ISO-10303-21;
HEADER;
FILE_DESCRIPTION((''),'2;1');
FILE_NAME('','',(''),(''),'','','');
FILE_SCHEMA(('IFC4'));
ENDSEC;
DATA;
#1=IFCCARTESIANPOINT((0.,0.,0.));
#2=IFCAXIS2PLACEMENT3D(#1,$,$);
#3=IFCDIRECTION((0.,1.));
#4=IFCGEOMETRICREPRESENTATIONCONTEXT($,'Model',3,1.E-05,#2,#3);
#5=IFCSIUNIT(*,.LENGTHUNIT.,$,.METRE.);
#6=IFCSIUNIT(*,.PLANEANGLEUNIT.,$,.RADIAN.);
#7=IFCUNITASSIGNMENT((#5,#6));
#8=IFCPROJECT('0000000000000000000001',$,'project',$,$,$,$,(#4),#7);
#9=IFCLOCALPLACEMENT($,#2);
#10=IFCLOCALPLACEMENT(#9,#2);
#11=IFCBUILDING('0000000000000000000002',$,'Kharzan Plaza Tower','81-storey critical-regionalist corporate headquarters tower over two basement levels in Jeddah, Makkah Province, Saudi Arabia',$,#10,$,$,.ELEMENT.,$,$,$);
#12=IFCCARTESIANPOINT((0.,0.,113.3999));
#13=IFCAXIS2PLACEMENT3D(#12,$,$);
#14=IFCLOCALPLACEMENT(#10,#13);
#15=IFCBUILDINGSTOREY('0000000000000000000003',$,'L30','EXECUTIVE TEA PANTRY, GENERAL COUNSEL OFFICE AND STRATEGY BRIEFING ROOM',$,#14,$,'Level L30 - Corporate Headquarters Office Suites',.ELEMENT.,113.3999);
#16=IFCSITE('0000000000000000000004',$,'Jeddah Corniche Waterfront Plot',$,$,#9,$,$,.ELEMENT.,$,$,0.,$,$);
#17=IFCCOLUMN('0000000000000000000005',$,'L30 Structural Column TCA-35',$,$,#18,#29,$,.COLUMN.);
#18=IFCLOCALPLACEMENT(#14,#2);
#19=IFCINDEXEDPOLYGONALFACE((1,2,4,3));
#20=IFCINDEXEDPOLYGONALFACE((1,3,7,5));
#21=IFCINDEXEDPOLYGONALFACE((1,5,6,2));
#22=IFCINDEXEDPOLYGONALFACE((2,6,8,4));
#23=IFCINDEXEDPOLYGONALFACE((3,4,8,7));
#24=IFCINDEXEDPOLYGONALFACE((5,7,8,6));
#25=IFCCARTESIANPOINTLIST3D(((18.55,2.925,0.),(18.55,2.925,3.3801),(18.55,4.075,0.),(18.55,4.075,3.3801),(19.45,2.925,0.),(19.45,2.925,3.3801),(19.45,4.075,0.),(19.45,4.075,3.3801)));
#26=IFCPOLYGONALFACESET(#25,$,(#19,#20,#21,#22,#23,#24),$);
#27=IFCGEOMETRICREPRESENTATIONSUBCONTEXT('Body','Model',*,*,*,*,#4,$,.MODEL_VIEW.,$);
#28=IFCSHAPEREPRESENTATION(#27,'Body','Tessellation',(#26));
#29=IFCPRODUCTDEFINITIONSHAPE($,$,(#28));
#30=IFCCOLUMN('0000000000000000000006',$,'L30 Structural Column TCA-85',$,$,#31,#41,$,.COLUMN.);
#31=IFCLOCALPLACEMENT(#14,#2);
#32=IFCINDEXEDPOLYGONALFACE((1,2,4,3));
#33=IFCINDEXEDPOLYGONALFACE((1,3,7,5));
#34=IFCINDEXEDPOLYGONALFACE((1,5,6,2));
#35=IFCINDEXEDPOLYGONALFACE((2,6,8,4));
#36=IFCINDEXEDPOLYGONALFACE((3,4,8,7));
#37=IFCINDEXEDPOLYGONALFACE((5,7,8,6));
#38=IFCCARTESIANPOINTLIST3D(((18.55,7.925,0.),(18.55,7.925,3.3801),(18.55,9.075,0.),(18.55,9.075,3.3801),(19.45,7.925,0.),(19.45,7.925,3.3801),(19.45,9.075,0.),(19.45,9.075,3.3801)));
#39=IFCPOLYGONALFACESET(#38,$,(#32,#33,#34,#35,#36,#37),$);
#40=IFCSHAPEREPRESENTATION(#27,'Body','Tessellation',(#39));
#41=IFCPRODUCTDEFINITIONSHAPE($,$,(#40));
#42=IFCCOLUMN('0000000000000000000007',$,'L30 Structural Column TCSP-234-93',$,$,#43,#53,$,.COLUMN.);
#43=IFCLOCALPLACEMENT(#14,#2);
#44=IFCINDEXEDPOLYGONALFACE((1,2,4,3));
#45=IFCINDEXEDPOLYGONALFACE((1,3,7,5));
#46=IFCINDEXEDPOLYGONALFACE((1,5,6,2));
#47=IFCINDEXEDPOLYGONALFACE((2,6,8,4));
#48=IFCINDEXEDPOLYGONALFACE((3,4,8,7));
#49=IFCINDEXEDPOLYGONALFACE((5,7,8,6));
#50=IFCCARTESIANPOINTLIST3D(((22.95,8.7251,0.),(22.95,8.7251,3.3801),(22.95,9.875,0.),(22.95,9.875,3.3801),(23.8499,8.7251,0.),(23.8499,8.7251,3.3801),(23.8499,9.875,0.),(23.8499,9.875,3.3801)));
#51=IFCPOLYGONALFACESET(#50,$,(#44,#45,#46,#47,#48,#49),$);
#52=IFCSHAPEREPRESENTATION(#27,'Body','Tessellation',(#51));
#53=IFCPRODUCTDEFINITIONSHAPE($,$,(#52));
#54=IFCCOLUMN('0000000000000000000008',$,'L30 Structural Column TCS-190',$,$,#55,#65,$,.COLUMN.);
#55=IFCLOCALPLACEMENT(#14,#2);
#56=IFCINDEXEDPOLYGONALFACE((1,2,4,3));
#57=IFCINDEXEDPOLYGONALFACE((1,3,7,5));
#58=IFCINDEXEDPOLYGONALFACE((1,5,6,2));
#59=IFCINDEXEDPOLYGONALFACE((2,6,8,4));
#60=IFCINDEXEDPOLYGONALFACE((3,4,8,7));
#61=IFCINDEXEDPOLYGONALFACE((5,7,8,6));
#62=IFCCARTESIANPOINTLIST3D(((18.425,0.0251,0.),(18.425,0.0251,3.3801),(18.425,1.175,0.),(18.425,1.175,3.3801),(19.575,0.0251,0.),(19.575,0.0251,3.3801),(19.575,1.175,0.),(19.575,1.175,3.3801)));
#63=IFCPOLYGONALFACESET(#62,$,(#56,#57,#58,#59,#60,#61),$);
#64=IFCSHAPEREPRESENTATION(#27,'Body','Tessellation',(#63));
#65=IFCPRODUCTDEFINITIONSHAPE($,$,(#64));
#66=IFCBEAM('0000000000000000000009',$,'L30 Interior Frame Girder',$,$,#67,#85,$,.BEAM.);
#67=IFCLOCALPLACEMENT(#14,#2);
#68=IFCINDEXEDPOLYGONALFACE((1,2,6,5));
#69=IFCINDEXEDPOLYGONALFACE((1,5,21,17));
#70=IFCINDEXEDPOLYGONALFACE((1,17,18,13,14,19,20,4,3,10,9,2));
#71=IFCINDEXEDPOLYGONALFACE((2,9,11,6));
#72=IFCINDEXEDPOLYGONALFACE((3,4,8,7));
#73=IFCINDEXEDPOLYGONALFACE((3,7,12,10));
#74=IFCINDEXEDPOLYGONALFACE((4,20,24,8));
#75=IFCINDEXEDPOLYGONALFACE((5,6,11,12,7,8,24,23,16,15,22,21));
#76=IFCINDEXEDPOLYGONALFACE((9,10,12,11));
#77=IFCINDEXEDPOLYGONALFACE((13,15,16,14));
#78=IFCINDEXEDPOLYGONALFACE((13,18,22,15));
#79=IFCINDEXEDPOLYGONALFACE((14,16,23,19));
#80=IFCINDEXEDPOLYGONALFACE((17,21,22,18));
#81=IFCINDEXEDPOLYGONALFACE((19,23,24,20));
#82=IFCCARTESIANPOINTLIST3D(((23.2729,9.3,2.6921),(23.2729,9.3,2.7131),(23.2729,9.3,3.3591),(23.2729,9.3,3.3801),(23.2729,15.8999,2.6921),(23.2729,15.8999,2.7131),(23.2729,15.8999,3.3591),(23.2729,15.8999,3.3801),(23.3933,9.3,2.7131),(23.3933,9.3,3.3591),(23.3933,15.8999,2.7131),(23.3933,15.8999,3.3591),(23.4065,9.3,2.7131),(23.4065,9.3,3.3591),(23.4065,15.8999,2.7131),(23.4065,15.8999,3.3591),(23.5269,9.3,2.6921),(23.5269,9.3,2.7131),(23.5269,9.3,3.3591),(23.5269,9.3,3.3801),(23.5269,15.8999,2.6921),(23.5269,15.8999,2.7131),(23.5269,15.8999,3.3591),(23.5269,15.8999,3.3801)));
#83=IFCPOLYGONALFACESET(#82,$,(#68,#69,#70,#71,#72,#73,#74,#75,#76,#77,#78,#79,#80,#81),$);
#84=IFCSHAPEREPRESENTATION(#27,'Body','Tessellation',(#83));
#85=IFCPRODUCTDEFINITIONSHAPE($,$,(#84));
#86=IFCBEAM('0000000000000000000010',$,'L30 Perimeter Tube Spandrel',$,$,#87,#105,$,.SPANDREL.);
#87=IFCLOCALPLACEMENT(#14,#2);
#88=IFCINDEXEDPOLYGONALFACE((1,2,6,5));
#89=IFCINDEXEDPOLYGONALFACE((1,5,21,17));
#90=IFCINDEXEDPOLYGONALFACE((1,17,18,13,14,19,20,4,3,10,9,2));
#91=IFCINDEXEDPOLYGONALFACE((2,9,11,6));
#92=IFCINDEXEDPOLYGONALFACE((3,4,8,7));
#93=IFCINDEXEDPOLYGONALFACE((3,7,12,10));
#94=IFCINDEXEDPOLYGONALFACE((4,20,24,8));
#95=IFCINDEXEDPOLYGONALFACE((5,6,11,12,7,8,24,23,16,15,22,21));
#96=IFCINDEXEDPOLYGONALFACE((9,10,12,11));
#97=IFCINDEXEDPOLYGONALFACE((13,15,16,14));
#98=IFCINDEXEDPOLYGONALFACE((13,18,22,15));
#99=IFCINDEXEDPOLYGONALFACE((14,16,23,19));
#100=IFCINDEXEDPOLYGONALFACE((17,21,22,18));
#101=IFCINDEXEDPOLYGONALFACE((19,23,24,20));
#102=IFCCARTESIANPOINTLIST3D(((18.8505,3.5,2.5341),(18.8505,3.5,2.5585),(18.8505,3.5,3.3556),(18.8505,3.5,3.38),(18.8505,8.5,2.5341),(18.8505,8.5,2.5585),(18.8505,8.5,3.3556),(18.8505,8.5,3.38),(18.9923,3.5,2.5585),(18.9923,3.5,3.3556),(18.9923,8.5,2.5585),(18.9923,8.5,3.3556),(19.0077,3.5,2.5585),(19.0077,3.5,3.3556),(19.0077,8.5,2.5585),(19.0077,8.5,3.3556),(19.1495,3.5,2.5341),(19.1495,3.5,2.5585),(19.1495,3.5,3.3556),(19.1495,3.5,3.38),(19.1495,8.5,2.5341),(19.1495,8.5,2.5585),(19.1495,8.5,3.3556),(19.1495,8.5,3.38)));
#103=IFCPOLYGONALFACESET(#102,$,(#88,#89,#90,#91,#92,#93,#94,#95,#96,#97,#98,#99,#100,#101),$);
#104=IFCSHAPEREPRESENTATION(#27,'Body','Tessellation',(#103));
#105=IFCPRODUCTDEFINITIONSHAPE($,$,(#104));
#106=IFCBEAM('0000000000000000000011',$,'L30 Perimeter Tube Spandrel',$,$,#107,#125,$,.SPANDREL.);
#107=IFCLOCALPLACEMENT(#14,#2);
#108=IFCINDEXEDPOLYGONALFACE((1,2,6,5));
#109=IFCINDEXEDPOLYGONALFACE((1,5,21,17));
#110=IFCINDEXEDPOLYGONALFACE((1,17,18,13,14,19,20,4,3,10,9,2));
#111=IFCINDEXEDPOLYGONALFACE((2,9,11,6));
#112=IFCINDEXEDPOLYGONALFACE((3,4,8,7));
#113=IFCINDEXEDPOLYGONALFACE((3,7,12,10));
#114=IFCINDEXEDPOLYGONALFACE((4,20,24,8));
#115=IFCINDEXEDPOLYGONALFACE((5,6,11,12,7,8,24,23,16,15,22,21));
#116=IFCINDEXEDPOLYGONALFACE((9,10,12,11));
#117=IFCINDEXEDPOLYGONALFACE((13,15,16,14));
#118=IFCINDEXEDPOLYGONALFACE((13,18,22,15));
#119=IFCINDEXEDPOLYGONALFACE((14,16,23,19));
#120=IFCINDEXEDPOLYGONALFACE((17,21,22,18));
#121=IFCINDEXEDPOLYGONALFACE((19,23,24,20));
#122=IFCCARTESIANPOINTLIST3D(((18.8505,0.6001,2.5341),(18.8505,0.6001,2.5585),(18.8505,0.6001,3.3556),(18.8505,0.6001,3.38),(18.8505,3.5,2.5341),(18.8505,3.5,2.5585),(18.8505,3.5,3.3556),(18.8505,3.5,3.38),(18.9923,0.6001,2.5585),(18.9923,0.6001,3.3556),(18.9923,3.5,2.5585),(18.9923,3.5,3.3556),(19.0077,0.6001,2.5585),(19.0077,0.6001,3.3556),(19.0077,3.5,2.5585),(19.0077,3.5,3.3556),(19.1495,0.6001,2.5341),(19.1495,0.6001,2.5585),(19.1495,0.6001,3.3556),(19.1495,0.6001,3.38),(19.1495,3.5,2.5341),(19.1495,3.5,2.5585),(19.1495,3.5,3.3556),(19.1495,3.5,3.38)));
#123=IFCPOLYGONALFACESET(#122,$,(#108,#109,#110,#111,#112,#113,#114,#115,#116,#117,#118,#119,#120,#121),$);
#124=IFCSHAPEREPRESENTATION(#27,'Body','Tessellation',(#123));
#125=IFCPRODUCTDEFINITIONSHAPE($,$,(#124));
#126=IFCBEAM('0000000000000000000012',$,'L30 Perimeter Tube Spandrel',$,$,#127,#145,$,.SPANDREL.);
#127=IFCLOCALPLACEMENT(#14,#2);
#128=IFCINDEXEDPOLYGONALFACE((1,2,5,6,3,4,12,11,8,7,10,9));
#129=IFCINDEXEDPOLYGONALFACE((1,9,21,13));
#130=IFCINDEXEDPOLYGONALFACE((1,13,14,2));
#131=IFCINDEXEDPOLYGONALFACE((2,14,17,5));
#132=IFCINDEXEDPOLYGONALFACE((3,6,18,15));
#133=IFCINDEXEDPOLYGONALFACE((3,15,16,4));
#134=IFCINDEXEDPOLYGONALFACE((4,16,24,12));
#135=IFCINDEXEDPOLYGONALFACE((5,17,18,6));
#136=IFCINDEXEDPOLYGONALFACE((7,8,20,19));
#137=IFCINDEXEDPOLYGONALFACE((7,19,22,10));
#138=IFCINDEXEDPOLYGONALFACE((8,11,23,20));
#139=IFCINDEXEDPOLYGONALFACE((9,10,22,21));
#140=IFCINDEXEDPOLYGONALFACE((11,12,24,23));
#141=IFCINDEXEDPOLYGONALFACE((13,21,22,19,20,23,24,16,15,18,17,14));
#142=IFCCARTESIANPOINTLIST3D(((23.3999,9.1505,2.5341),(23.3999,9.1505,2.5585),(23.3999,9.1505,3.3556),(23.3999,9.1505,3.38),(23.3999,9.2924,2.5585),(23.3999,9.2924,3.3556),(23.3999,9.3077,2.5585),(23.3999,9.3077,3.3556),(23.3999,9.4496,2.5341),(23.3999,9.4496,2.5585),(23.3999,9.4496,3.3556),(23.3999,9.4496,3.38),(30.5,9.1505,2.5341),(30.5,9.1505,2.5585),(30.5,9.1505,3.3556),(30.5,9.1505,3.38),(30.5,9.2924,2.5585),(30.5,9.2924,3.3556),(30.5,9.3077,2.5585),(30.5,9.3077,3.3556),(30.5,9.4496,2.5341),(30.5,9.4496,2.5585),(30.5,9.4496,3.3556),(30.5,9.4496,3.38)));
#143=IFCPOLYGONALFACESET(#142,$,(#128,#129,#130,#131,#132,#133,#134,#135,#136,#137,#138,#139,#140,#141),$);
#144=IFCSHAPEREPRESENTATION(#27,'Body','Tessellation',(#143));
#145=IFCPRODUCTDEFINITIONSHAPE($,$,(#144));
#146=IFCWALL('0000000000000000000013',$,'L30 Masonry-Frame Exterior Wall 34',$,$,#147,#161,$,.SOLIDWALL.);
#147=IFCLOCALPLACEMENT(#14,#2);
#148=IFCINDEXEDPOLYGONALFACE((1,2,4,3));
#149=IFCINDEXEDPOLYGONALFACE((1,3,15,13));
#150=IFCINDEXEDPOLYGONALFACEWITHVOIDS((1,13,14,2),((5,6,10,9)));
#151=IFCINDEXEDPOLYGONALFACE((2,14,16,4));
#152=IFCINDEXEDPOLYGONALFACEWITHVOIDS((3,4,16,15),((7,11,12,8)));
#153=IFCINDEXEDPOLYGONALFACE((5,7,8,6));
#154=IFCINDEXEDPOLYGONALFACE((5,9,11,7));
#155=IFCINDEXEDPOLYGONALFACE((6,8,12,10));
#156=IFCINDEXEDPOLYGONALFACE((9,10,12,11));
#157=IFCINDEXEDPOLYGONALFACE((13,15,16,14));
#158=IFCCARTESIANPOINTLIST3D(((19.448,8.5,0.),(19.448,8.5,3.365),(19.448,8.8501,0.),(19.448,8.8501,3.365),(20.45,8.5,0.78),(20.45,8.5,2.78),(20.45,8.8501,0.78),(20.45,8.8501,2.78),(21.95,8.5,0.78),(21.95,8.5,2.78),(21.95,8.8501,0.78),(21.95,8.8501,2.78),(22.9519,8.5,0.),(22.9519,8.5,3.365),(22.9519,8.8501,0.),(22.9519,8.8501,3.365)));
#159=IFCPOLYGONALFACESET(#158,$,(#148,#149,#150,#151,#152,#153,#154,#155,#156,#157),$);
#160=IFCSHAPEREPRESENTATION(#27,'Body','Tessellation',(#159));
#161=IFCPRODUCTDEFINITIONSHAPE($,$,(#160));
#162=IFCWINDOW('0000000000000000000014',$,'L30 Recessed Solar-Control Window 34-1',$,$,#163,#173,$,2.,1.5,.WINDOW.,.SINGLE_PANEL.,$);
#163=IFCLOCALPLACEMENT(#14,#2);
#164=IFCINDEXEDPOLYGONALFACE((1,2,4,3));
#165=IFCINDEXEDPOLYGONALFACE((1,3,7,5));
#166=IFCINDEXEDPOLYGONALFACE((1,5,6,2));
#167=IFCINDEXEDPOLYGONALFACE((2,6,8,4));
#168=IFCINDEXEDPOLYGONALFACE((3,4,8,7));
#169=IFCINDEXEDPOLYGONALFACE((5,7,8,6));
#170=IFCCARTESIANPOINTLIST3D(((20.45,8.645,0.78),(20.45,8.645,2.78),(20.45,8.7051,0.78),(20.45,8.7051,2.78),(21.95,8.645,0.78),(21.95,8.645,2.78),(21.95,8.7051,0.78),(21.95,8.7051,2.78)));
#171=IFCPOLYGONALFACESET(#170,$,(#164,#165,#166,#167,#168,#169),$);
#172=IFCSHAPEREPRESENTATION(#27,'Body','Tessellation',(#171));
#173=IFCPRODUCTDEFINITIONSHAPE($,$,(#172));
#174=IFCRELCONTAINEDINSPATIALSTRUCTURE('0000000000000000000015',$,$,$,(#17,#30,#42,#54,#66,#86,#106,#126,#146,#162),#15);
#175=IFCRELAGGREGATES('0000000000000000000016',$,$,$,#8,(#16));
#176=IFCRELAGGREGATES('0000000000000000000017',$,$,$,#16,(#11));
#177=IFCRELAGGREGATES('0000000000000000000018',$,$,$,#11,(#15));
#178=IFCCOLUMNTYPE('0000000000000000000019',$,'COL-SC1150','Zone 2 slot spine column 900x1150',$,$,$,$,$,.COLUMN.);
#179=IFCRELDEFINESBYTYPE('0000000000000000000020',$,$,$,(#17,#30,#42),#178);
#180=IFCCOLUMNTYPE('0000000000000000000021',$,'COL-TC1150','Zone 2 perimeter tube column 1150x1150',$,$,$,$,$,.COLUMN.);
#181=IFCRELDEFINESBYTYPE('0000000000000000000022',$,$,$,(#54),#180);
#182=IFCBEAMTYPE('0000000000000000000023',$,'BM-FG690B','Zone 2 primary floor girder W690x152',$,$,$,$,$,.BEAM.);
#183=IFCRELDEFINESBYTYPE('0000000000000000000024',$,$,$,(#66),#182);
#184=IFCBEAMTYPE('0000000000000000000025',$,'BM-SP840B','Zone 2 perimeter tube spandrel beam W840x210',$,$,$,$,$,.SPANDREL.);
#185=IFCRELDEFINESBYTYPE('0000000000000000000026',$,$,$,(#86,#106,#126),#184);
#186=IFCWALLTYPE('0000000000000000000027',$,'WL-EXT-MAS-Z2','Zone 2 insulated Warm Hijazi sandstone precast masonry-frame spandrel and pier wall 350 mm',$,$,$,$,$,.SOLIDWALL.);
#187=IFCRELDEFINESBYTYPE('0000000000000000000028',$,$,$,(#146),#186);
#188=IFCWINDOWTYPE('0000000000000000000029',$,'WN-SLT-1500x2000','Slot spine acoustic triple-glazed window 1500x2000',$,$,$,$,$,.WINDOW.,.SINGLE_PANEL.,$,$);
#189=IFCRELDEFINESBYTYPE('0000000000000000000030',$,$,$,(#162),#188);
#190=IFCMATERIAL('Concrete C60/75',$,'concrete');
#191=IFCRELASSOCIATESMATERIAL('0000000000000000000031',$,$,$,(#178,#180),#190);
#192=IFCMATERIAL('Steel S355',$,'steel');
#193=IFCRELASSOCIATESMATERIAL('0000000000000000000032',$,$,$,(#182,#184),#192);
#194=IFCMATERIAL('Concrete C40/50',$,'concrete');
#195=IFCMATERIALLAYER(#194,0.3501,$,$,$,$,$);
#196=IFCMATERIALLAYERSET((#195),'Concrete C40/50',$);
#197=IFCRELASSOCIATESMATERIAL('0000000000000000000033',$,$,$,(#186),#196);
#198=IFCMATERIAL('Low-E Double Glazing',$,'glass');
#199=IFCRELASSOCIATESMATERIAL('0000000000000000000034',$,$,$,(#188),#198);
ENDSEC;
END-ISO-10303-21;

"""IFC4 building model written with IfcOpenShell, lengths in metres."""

from ifc_helpers import new_model, si_unit, direction, frame, frame_2d, origin, origin_2d, place, context, subcontext, project, spatial, rectangle, i_section, extrude, source, transform, mapped, material, layer, layer_set, material_profile, profile_set, type_object, element, fill, save


model = new_model("IFC4")

# Units and contexts
model_context = context("Model", 3, precision=1e-05, world=origin(), true_north=direction((0.0, 1.0)))
body_context = subcontext(model_context, "Body", "Model", "MODEL_VIEW")
ifc_project = project(units=[si_unit("LENGTHUNIT", "METRE"), si_unit("PLANEANGLEUNIT", "RADIAN")], contexts=[model_context])

# Site, building, storey
site_placement = place(None, origin())
site = spatial("IfcSite", under=ifc_project, at=site_placement, Name="Jeddah Corniche Waterfront Plot", CompositionType="ELEMENT", RefElevation=0.0)
building_placement = place(site_placement, origin())
building = spatial("IfcBuilding", under=site, at=building_placement, Name="Kharzan Plaza Tower", Description="81-storey critical-regionalist corporate headquarters tower over two basement levels in Jeddah, Makkah Province, Saudi Arabia", CompositionType="ELEMENT")
storey_placement = place(building_placement, frame((0.0, 0.0, 113.3999)))
storey = spatial("IfcBuildingStorey", under=building, at=storey_placement, Name="L30", Description="EXECUTIVE TEA PANTRY, GENERAL COUNSEL OFFICE AND STRATEGY BRIEFING ROOM", LongName="Level L30 - Corporate Headquarters Office Suites", CompositionType="ELEMENT", Elevation=113.3999)

# Columns
ifc_material_1 = material(Name="Concrete C60/75", Category="concrete")
ifc_material_profile_1 = material_profile(ifc_material_1, rectangle(XDim=0.8999, YDim=1.1499, at=origin_2d()), Name="RC-SC1150x900")
ifc_profile_set_1 = profile_set([ifc_material_profile_1], Name="Concrete C60/75")
column_type_1 = type_object("IfcColumnType", Name="COL-SC1150", Description="Zone 2 slot spine column 900x1150", PredefinedType="COLUMN", material=ifc_profile_set_1)
shared_shape_1 = source(origin(), body_context, "Body", "SweptSolid", [
    extrude(rectangle(XDim=0.8999, YDim=1.1499, at=origin_2d()), origin(), (0.0, 0.0, 1.0), 3.3801),
])
for number, where, z_axis, x_axis, name in (
    (1, (19.0, 3.5, 0.0), (0.0, 0.0, 1.0), (1.0, 0.0, 0.0), "L30 Structural Column TCA-35"),
    (2, (19.0, 8.5, 0.0), (0.0, 0.0, 1.0), (1.0, 0.0, 0.0), "L30 Structural Column TCA-85"),
    (3, (23.3999, 9.3, 0.0), (0.0, 0.0, 1.0), (1.0, 0.0, 0.0), "L30 Structural Column TCSP-234-93"),
):
    element("IfcColumn", number, at=place(storey_placement, frame(where, z_axis=z_axis, x_axis=x_axis)), inside=storey, type_object=column_type_1, Name=name, PredefinedType="COLUMN", context=body_context, shape_type="MappedRepresentation", body=[
        mapped(shared_shape_1, transform((0.0, 0.0, 0.0), x_axis=(1.0, 0.0, 0.0), y_axis=(0.0, 1.0, 0.0), z_axis=(0.0, 0.0, 1.0))),
    ])
ifc_material_profile_2 = material_profile(ifc_material_1, rectangle(XDim=1.1499, YDim=1.1499, at=origin_2d()), Name="RC-TC1150x1150")
ifc_profile_set_2 = profile_set([ifc_material_profile_2], Name="Concrete C60/75")
column_type_2 = type_object("IfcColumnType", Name="COL-TC1150", Description="Zone 2 perimeter tube column 1150x1150", PredefinedType="COLUMN", material=ifc_profile_set_2)
shared_shape_2 = source(origin(), body_context, "Body", "SweptSolid", [
    extrude(rectangle(XDim=1.1499, YDim=1.1499, at=origin_2d()), origin(), (0.0, 0.0, 1.0), 3.3801),
])
column_placement = place(storey_placement, frame((19.0, 0.6001, 0.0), z_axis=(0.0, 0.0, 1.0), x_axis=(1.0, 0.0, 0.0)))
element("IfcColumn", 4, at=column_placement, inside=storey, type_object=column_type_2, Name="L30 Structural Column TCS-190", PredefinedType="COLUMN", context=body_context, shape_type="MappedRepresentation", body=[
    mapped(shared_shape_2, transform((0.0, 0.0, 0.0), x_axis=(1.0, 0.0, 0.0), y_axis=(0.0, 1.0, 0.0), z_axis=(0.0, 0.0, 1.0))),
])

# Beams
ifc_material_2 = material(Name="Steel S355", Category="steel")
ifc_material_profile_3 = material_profile(ifc_material_2, i_section(OverallWidth=0.2539, OverallDepth=0.688, WebThickness=0.0132, FlangeThickness=0.021, at=origin_2d()), Name="W690x152")
ifc_profile_set_3 = profile_set([ifc_material_profile_3], Name="Steel S355")
beam_type_1 = type_object("IfcBeamType", Name="BM-FG690B", Description="Zone 2 primary floor girder W690x152", PredefinedType="BEAM", material=ifc_profile_set_3)
shared_shape_3 = source(origin(), body_context, "Body", "SweptSolid", [
    extrude(i_section(OverallWidth=0.2539, OverallDepth=0.688, WebThickness=0.0132, FlangeThickness=0.021, at=origin_2d()), origin(), (0.0, 0.0, 1.0), 6.5999),
])
beam_1_placement = place(storey_placement, frame((23.3999, 9.3, 3.0361), z_axis=(0.0, 1.0, 0.0), x_axis=(-1.0, 0.0, 0.0)))
element("IfcBeam", 5, at=beam_1_placement, inside=storey, type_object=beam_type_1, Name="L30 Interior Frame Girder", PredefinedType="BEAM", context=body_context, shape_type="MappedRepresentation", body=[
    mapped(shared_shape_3, transform((0.0, 0.0, 0.0), x_axis=(1.0, 0.0, 0.0), y_axis=(0.0, 1.0, 0.0), z_axis=(0.0, 0.0, 1.0))),
])
ifc_material_profile_4 = material_profile(ifc_material_2, i_section(OverallWidth=0.2991, OverallDepth=0.8459, WebThickness=0.0154, FlangeThickness=0.0244, at=origin_2d()), Name="W840x210")
ifc_profile_set_4 = profile_set([ifc_material_profile_4], Name="Steel S355")
beam_type_2 = type_object("IfcBeamType", Name="BM-SP840B", Description="Zone 2 perimeter tube spandrel beam W840x210", PredefinedType="SPANDREL", material=ifc_profile_set_4)
shared_shape_4 = source(origin(), body_context, "Body", "SweptSolid", [
    extrude(i_section(OverallWidth=0.2991, OverallDepth=0.8459, WebThickness=0.0154, FlangeThickness=0.0244, at=origin_2d()), origin(), (0.0, 0.0, 1.0), 5.0),
])
beam_2_placement = place(storey_placement, frame((19.0, 3.5, 2.957), z_axis=(0.0, 1.0, 0.0), x_axis=(-1.0, 0.0, 0.0)))
element("IfcBeam", 6, at=beam_2_placement, inside=storey, type_object=beam_type_2, Name="L30 Perimeter Tube Spandrel", PredefinedType="SPANDREL", context=body_context, shape_type="MappedRepresentation", body=[
    mapped(shared_shape_4, transform((0.0, 0.0, 0.0), x_axis=(1.0, 0.0, 0.0), y_axis=(0.0, 1.0, 0.0), z_axis=(0.0, 0.0, 1.0))),
])
shared_shape_5 = source(origin(), body_context, "Body", "SweptSolid", [
    extrude(i_section(OverallWidth=0.2991, OverallDepth=0.8459, WebThickness=0.0154, FlangeThickness=0.0244, at=origin_2d()), origin(), (0.0, 0.0, 1.0), 2.8999),
])
beam_3_placement = place(storey_placement, frame((19.0, 0.6001, 2.957), z_axis=(0.0, 1.0, 0.0), x_axis=(-1.0, 0.0, 0.0)))
element("IfcBeam", 7, at=beam_3_placement, inside=storey, type_object=beam_type_2, Name="L30 Perimeter Tube Spandrel", PredefinedType="SPANDREL", context=body_context, shape_type="MappedRepresentation", body=[
    mapped(shared_shape_5, transform((0.0, 0.0, 0.0), x_axis=(1.0, 0.0, 0.0), y_axis=(0.0, 1.0, 0.0), z_axis=(0.0, 0.0, 1.0))),
])
shared_shape_6 = source(origin(), body_context, "Body", "SweptSolid", [
    extrude(i_section(OverallWidth=0.2991, OverallDepth=0.8459, WebThickness=0.0154, FlangeThickness=0.0244, at=origin_2d()), origin(), (0.0, 0.0, 1.0), 7.1001),
])
beam_4_placement = place(storey_placement, frame((23.3999, 9.3, 2.957), z_axis=(1.0, 0.0, 0.0), x_axis=(0.0, 1.0, 0.0)))
element("IfcBeam", 8, at=beam_4_placement, inside=storey, type_object=beam_type_2, Name="L30 Perimeter Tube Spandrel", PredefinedType="SPANDREL", context=body_context, shape_type="MappedRepresentation", body=[
    mapped(shared_shape_6, transform((0.0, 0.0, 0.0), x_axis=(1.0, 0.0, 0.0), y_axis=(0.0, 1.0, 0.0), z_axis=(0.0, 0.0, 1.0))),
])

# Wall, opening, window
ifc_material_3 = material(Name="Concrete C40/50", Category="concrete")
ifc_layer_1 = layer(ifc_material_3, 0.3501)
ifc_layer_set_1 = layer_set([ifc_layer_1], Name="Concrete C40/50")
wall_type_1 = type_object("IfcWallType", Name="WL-EXT-MAS-Z2", Description="Zone 2 insulated Warm Hijazi sandstone precast masonry-frame spandrel and pier wall 350 mm", PredefinedType="SOLIDWALL", material=ifc_layer_set_1)
wall_1_placement = place(storey_placement, frame((19.448, 8.675, 0.0), z_axis=(0.0, 0.0, 1.0), x_axis=(1.0, 0.0, 0.0)))
wall_1 = element("IfcWall", 9, at=wall_1_placement, inside=storey, type_object=wall_type_1, Name="L30 Masonry-Frame Exterior Wall 34", PredefinedType="SOLIDWALL", context=body_context, shape_type="SweptSolid", body=[
    extrude(rectangle(XDim=3.5039, YDim=0.3501, at=frame_2d((1.752, 0.0))), origin(), (0.0, 0.0, 1.0), 3.365),
])
opening_1_placement = place(wall_1_placement, frame((1.002, 0.0, 0.78)))
opening_1 = element("IfcOpeningElement", 10, at=opening_1_placement, cuts=wall_1, PredefinedType="OPENING", context=body_context, shape_type="SweptSolid", body=[
    extrude(rectangle(XDim=1.5, YDim=2.0, at=frame_2d((0.75, 1.0))), frame((0.0, 0.1851, 0.0), z_axis=(0.0, -1.0, 0.0), x_axis=(1.0, 0.0, 0.0)), (0.0, 0.0, 1.0), 0.3701),
])
ifc_material_4 = material(Name="Low-E Double Glazing", Category="glass")
window_type = type_object("IfcWindowType", Name="WN-SLT-1500x2000", Description="Slot spine acoustic triple-glazed window 1500x2000", PartitioningType="SINGLE_PANEL", PredefinedType="WINDOW", material=ifc_material_4)
shared_shape_7 = source(origin(), body_context, "Body", "SweptSolid", [
    extrude(rectangle(XDim=1.5, YDim=2.0, at=frame_2d((0.75, 1.0))), frame((0.0, 0.03, 0.0), z_axis=(0.0, -1.0, 0.0), x_axis=(1.0, 0.0, 0.0)), (0.0, 0.0, 1.0), 0.0601),
])
window_placement = place(opening_1_placement, origin())
window = element("IfcWindow", 11, at=window_placement, inside=storey, type_object=window_type, Name="L30 Recessed Solar-Control Window 34-1", OverallHeight=2.0, OverallWidth=1.5, PartitioningType="SINGLE_PANEL", PredefinedType="WINDOW", context=body_context, shape_type="MappedRepresentation", body=[
    mapped(shared_shape_7, transform((0.0, 0.0, 0.0), x_axis=(1.0, 0.0, 0.0), y_axis=(0.0, 1.0, 0.0), z_axis=(0.0, 0.0, 1.0))),
])
fill(opening_1, window)

save(model, "model.ifc")
